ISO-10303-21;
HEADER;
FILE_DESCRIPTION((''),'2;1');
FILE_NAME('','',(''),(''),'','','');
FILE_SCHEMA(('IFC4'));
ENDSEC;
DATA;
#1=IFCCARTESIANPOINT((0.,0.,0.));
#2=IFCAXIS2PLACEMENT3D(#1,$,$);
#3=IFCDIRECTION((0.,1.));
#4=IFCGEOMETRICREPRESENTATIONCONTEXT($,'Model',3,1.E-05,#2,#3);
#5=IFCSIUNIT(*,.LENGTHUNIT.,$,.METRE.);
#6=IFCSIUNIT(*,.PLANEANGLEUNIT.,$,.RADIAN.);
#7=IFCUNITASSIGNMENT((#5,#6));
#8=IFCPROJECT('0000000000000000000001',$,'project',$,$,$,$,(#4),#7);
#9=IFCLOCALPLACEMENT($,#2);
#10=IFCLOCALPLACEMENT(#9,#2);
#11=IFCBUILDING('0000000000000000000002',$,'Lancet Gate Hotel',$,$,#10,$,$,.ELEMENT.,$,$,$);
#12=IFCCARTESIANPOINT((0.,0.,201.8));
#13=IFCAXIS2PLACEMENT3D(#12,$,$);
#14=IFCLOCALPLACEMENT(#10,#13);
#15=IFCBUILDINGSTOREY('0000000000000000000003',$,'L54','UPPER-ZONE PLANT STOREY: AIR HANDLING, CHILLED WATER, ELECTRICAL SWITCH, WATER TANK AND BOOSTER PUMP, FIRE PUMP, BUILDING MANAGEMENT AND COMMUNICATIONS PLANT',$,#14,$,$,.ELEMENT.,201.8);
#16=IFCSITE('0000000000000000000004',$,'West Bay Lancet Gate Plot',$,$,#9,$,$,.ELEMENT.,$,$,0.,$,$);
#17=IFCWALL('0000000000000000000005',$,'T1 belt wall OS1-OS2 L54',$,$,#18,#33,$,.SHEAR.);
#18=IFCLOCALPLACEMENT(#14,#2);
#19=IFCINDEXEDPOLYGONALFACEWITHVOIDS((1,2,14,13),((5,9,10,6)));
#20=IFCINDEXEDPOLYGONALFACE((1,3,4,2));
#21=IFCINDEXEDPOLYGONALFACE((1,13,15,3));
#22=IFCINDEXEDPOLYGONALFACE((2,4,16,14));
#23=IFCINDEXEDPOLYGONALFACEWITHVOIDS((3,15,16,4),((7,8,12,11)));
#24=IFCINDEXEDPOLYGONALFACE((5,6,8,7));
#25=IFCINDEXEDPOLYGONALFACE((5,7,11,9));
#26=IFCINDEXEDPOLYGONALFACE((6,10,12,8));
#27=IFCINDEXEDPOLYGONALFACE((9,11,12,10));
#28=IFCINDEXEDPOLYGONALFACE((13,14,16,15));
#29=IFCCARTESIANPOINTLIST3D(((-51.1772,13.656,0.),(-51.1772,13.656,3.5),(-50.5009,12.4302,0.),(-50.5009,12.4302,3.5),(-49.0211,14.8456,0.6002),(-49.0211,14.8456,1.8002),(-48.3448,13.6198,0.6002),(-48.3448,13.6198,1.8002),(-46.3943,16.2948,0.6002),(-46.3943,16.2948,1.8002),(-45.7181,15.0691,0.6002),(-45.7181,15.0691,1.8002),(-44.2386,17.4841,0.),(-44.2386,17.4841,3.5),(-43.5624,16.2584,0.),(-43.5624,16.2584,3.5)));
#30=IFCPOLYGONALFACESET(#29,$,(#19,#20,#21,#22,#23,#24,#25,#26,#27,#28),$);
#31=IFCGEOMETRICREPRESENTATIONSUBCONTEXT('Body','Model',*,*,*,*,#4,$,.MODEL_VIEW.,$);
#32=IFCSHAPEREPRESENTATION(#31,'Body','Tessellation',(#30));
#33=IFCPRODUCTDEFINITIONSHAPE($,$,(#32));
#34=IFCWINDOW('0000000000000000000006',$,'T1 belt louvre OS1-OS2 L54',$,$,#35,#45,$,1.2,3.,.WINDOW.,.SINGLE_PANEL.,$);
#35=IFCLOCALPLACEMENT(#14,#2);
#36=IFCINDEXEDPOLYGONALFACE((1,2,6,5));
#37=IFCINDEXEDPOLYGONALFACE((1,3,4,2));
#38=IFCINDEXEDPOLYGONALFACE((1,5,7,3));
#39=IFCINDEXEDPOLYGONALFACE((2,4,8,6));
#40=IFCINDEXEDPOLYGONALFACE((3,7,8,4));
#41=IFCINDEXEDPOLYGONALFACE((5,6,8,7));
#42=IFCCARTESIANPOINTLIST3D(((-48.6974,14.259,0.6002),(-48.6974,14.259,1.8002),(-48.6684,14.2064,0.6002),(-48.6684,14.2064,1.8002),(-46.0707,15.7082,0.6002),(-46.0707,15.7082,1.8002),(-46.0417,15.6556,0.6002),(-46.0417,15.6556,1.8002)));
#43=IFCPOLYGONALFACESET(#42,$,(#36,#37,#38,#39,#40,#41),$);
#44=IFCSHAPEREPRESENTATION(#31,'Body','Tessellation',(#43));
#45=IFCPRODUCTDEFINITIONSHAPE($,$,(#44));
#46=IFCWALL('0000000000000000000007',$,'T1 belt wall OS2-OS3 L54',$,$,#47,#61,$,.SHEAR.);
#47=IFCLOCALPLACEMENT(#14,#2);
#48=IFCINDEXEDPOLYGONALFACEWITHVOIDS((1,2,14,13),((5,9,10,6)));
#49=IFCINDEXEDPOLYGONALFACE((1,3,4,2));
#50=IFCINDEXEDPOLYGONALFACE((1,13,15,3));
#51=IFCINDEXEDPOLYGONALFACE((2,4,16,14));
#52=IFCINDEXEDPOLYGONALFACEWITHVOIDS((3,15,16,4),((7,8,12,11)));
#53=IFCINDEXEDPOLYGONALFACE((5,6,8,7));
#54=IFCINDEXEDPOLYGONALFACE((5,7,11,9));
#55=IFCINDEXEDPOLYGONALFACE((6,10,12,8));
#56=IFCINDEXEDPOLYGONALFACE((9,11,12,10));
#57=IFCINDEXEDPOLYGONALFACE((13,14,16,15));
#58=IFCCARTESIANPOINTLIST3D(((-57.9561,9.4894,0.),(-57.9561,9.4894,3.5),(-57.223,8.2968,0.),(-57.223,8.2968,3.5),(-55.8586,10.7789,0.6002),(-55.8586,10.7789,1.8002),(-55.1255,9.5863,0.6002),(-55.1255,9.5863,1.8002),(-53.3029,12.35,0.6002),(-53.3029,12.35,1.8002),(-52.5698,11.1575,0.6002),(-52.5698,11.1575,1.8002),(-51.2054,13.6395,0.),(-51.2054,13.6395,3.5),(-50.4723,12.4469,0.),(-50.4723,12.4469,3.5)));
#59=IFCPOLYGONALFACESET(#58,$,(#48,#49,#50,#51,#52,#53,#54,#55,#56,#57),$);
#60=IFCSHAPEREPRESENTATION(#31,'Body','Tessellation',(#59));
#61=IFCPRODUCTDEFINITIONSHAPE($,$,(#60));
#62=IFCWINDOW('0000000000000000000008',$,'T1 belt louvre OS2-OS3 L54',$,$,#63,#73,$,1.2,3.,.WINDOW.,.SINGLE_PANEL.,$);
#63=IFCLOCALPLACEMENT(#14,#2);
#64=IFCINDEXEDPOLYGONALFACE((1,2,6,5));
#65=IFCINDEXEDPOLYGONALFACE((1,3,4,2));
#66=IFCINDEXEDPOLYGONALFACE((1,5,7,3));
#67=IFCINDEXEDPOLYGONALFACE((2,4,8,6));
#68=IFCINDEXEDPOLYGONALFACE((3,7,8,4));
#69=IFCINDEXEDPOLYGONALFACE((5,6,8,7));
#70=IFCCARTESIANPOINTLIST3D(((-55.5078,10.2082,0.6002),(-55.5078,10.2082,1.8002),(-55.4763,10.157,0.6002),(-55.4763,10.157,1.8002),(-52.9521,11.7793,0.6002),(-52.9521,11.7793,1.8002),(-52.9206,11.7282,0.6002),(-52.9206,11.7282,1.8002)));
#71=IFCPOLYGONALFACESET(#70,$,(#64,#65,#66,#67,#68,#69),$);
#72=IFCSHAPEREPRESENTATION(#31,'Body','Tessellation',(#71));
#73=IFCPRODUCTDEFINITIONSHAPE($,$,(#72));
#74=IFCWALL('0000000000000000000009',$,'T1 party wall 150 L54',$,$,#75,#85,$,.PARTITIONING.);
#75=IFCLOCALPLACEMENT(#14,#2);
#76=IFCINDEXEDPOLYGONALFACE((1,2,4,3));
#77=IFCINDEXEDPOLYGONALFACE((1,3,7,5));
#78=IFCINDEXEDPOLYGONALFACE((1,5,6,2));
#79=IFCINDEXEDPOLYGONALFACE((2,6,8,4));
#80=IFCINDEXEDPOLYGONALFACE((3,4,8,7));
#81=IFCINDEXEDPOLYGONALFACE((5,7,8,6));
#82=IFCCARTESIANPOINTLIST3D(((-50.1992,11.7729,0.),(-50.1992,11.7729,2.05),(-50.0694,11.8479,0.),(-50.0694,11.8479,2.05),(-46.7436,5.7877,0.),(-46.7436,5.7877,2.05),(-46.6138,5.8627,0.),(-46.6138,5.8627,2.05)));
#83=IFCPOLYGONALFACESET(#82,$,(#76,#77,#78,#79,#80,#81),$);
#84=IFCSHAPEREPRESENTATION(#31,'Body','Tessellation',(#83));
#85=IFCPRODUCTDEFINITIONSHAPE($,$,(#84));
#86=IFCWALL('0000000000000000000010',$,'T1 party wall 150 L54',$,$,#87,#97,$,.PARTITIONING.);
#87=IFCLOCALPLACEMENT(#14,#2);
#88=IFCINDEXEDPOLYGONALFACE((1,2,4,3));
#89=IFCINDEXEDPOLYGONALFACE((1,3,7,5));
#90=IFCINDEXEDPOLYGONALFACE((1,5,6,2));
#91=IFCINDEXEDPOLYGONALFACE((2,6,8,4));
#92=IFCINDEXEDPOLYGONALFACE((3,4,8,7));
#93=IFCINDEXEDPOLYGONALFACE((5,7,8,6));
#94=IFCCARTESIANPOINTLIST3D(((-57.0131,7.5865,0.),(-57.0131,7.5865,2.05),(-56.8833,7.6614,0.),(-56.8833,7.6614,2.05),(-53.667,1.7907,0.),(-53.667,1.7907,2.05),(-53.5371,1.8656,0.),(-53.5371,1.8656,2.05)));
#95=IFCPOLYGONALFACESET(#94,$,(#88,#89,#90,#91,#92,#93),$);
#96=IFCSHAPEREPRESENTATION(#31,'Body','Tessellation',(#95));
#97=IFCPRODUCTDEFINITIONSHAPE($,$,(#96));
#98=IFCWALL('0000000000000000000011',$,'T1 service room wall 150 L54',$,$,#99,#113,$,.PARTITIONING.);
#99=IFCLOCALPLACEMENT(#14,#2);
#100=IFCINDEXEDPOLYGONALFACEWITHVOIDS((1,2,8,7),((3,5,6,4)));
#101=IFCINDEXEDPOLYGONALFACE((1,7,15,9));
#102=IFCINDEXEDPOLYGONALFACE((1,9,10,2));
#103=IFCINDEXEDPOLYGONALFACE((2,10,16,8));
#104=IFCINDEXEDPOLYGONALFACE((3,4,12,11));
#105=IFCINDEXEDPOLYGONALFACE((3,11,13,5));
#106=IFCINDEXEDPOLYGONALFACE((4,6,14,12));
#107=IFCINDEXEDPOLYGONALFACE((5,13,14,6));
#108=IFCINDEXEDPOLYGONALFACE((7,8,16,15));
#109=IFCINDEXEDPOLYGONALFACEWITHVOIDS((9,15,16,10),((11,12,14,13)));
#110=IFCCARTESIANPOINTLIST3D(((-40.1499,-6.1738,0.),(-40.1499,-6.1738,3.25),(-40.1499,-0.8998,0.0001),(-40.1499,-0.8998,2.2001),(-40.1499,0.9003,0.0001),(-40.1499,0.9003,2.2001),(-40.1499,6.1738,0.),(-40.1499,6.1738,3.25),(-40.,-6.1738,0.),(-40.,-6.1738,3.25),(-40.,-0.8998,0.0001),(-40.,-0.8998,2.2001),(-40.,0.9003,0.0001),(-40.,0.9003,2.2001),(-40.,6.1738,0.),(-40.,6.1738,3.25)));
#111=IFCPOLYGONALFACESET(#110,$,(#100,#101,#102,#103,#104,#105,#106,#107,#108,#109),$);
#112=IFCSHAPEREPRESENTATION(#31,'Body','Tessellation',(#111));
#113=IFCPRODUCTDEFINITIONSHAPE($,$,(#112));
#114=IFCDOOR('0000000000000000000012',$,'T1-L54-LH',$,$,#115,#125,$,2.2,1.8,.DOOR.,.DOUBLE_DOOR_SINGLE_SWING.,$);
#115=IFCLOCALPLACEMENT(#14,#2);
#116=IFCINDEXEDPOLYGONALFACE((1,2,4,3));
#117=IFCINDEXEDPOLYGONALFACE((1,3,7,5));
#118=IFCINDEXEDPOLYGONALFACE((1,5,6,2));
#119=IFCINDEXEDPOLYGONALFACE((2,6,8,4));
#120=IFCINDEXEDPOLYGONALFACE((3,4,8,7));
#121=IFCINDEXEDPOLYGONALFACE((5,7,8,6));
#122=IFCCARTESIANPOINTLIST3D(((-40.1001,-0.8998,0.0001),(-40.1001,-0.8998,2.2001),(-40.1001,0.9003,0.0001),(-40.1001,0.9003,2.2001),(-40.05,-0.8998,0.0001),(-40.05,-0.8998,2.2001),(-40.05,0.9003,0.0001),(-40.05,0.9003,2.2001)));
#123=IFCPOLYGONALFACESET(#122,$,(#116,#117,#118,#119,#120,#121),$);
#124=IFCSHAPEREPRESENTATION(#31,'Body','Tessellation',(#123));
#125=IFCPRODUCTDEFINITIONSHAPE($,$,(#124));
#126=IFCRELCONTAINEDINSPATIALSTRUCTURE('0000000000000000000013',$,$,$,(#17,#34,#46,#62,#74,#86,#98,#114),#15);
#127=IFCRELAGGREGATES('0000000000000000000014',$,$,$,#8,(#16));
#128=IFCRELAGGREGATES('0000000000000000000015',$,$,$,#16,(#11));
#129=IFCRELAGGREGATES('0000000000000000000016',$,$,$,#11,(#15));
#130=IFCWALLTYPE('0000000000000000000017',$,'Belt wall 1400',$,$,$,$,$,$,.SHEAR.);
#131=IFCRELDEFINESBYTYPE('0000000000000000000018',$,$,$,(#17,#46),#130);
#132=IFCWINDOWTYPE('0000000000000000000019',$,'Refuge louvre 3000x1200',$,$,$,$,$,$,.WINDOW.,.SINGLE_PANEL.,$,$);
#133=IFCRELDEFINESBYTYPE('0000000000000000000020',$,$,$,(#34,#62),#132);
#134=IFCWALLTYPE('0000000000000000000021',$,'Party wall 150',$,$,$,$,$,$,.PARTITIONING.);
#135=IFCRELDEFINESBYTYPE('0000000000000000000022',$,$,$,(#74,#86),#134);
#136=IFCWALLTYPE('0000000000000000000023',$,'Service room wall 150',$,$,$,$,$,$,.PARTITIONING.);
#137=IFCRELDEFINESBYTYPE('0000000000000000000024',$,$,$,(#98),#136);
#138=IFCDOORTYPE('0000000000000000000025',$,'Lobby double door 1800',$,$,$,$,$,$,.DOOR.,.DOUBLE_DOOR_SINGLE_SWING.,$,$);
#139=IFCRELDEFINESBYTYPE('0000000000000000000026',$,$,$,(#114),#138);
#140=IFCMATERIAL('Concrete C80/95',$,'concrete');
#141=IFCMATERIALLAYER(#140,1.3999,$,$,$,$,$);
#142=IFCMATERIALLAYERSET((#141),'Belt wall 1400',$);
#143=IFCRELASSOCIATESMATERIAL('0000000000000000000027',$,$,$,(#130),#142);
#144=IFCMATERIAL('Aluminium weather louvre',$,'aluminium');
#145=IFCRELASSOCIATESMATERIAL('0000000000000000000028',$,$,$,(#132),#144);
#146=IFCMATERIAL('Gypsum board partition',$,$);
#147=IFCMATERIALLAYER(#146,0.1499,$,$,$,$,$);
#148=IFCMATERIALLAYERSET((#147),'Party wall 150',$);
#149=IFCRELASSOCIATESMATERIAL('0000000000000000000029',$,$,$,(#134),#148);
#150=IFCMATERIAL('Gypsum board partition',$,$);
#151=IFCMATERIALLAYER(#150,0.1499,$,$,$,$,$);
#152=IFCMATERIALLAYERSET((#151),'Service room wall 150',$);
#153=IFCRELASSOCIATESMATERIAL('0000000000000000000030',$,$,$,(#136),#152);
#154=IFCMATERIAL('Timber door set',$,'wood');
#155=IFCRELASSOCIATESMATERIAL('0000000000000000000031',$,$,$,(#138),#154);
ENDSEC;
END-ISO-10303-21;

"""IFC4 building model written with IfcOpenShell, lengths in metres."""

from ifc_helpers import new_model, si_unit, direction, frame, frame_2d, origin, place, context, subcontext, project, spatial, rectangle, extrude, material, layer, layer_set, type_object, element, fill, save


model = new_model("IFC4")

# Units and contexts
model_context = context("Model", 3, precision=1e-05, world=origin(), true_north=direction((0.0, 1.0)))
body_context = subcontext(model_context, "Body", "Model", "MODEL_VIEW")
ifc_project = project(units=[si_unit("LENGTHUNIT", "METRE"), si_unit("PLANEANGLEUNIT", "RADIAN")], contexts=[model_context])

# Site, building, storey
site_placement = place(None, origin())
site = spatial("IfcSite", under=ifc_project, at=site_placement, Name="West Bay Lancet Gate Plot", CompositionType="ELEMENT", RefElevation=0.0)
building_placement = place(site_placement, origin())
building = spatial("IfcBuilding", under=site, at=building_placement, Name="Lancet Gate Hotel", CompositionType="ELEMENT")
storey_placement = place(building_placement, frame((0.0, 0.0, 201.8)))
storey = spatial("IfcBuildingStorey", under=building, at=storey_placement, Name="L54", Description="UPPER-ZONE PLANT STOREY: AIR HANDLING, CHILLED WATER, ELECTRICAL SWITCH, WATER TANK AND BOOSTER PUMP, FIRE PUMP, BUILDING MANAGEMENT AND COMMUNICATIONS PLANT", CompositionType="ELEMENT", Elevation=201.8)

# Walls, openings, windows
ifc_material_1 = material(Name="Concrete C80/95", Category="concrete")
ifc_layer_1 = layer(ifc_material_1, 1.3999)
ifc_layer_set_1 = layer_set([ifc_layer_1], Name="Belt wall 1400")
wall_type_1 = type_object("IfcWallType", Name="Belt wall 1400", PredefinedType="SHEAR", material=ifc_layer_set_1)
wall_1_placement = place(storey_placement, frame((-43.9004, 16.8713, 0.0), z_axis=(0.0, 0.0, 1.0), x_axis=(-0.875578, -0.483077, 0.0)))
wall_1 = element("IfcWall", 1, at=wall_1_placement, inside=storey, type_object=wall_type_1, Name="T1 belt wall OS1-OS2 L54", PredefinedType="SHEAR", context=body_context, shape_type="SweptSolid", body=[
    extrude(rectangle(XDim=7.9246, YDim=1.3999, at=frame_2d((3.9624, 0.0))), origin(), (0.0, 0.0, 1.0), 3.5),
])
opening_1_placement = place(wall_1_placement, frame((2.4622, 0.0, 0.6001)))
opening_1 = element("IfcOpeningElement", 2, at=opening_1_placement, cuts=wall_1, PredefinedType="OPENING", context=body_context, shape_type="SweptSolid", body=[
    extrude(rectangle(XDim=3.0, YDim=1.2, at=frame_2d((1.5, 0.6001))), frame((0.0, 0.71, 0.0), z_axis=(0.0, -1.0, 0.0), x_axis=(1.0, 0.0, 0.0)), (0.0, 0.0, 1.0), 1.4199),
])
ifc_material_2 = material(Name="Aluminium weather louvre", Category="aluminium")
window_type = type_object("IfcWindowType", Name="Refuge louvre 3000x1200", PartitioningType="SINGLE_PANEL", PredefinedType="WINDOW", material=ifc_material_2)
window_1_placement = place(opening_1_placement, origin())
window_1 = element("IfcWindow", 3, at=window_1_placement, inside=storey, type_object=window_type, Name="T1 belt louvre OS1-OS2 L54", OverallHeight=1.2, OverallWidth=3.0, PartitioningType="SINGLE_PANEL", PredefinedType="WINDOW", context=body_context, shape_type="SweptSolid", body=[
    extrude(rectangle(XDim=3.0, YDim=1.2, at=frame_2d((1.5, 0.6001))), frame((0.0, 0.03, 0.0), z_axis=(0.0, -1.0, 0.0), x_axis=(1.0, 0.0, 0.0)), (0.0, 0.0, 1.0), 0.0601),
])
fill(opening_1, window_1)
wall_2_placement = place(storey_placement, frame((-50.8389, 13.0432, 0.0), z_axis=(0.0, 0.0, 1.0), x_axis=(-0.851892, -0.523717, 0.0)))
wall_2 = element("IfcWall", 4, at=wall_2_placement, inside=storey, type_object=wall_type_1, Name="T1 belt wall OS2-OS3 L54", PredefinedType="SHEAR", context=body_context, shape_type="SweptSolid", body=[
    extrude(rectangle(XDim=7.9243, YDim=1.3999, at=frame_2d((3.9622, 0.0))), origin(), (0.0, 0.0, 1.0), 3.5),
])
opening_2_placement = place(wall_2_placement, frame((2.4622, 0.0, 0.6001)))
opening_2 = element("IfcOpeningElement", 5, at=opening_2_placement, cuts=wall_2, PredefinedType="OPENING", context=body_context, shape_type="SweptSolid", body=[
    extrude(rectangle(XDim=3.0, YDim=1.2, at=frame_2d((1.5, 0.6001))), frame((0.0, 0.71, 0.0), z_axis=(0.0, -1.0, 0.0), x_axis=(1.0, 0.0, 0.0)), (0.0, 0.0, 1.0), 1.4199),
])
window_2_placement = place(opening_2_placement, origin())
window_2 = element("IfcWindow", 6, at=window_2_placement, inside=storey, type_object=window_type, Name="T1 belt louvre OS2-OS3 L54", OverallHeight=1.2, OverallWidth=3.0, PartitioningType="SINGLE_PANEL", PredefinedType="WINDOW", context=body_context, shape_type="SweptSolid", body=[
    extrude(rectangle(XDim=3.0, YDim=1.2, at=frame_2d((1.5, 0.6001))), frame((0.0, 0.03, 0.0), z_axis=(0.0, -1.0, 0.0), x_axis=(1.0, 0.0, 0.0)), (0.0, 0.0, 1.0), 0.0601),
])
fill(opening_2, window_2)

# Walls
ifc_material_3 = material(Name="Gypsum board partition")
ifc_layer_2 = layer(ifc_material_3, 0.1499)
ifc_layer_set_2 = layer_set([ifc_layer_2], Name="Party wall 150")
wall_type_2 = type_object("IfcWallType", Name="Party wall 150", PredefinedType="PARTITIONING", material=ifc_layer_set_2)
wall_3_placement = place(storey_placement, frame((-46.6787, 5.8252, 0.0), z_axis=(0.0, 0.0, 1.0), x_axis=(-0.500007, 0.866021, 0.0)))
element("IfcWall", 7, at=wall_3_placement, inside=storey, type_object=wall_type_2, Name="T1 party wall 150 L54", PredefinedType="PARTITIONING", context=body_context, shape_type="SweptSolid", body=[
    extrude(rectangle(XDim=6.9111, YDim=0.1499, at=frame_2d((3.4556, 0.0))), origin(), (0.0, 0.0, 1.0), 2.05),
])
wall_4_placement = place(storey_placement, frame((-53.6021, 1.8281, 0.0), z_axis=(0.0, 0.0, 1.0), x_axis=(-0.499992, 0.86603, 0.0)))
element("IfcWall", 8, at=wall_4_placement, inside=storey, type_object=wall_type_2, Name="T1 party wall 150 L54", PredefinedType="PARTITIONING", context=body_context, shape_type="SweptSolid", body=[
    extrude(rectangle(XDim=6.6924, YDim=0.1499, at=frame_2d((3.3462, 0.0))), origin(), (0.0, 0.0, 1.0), 2.05),
])

# Wall, opening, door
ifc_material_4 = material(Name="Gypsum board partition")
ifc_layer_3 = layer(ifc_material_4, 0.1499)
ifc_layer_set_3 = layer_set([ifc_layer_3], Name="Service room wall 150")
wall_type_3 = type_object("IfcWallType", Name="Service room wall 150", PredefinedType="PARTITIONING", material=ifc_layer_set_3)
wall_5_placement = place(storey_placement, frame((-40.075, 6.1738, 0.0), z_axis=(0.0, 0.0, 1.0), x_axis=(0.0, -1.0, 0.0)))
wall_5 = element("IfcWall", 9, at=wall_5_placement, inside=storey, type_object=wall_type_3, Name="T1 service room wall 150 L54", PredefinedType="PARTITIONING", context=body_context, shape_type="SweptSolid", body=[
    extrude(rectangle(XDim=12.3477, YDim=0.1499, at=frame_2d((6.1738, 0.0))), origin(), (0.0, 0.0, 1.0), 3.25),
])
opening_3_placement = place(wall_5_placement, frame((5.2737, 0.0, 0.0)))
opening_3 = element("IfcOpeningElement", 10, at=opening_3_placement, cuts=wall_5, PredefinedType="OPENING", context=body_context, shape_type="SweptSolid", body=[
    extrude(rectangle(XDim=1.8, YDim=2.2, at=frame_2d((0.8999, 1.1001))), frame((0.0, 0.085, 0.0), z_axis=(0.0, -1.0, 0.0), x_axis=(1.0, 0.0, 0.0)), (0.0, 0.0, 1.0), 0.1699),
])
ifc_material_5 = material(Name="Timber door set", Category="wood")
door_type_1 = type_object("IfcDoorType", Name="Lobby double door 1800", OperationType="DOUBLE_DOOR_SINGLE_SWING", PredefinedType="DOOR", material=ifc_material_5)
door_1_placement = place(opening_3_placement, origin())
door_1 = element("IfcDoor", 11, at=door_1_placement, inside=storey, type_object=door_type_1, Name="T1-L54-LH", OperationType="DOUBLE_DOOR_SINGLE_SWING", OverallHeight=2.2, OverallWidth=1.8, PredefinedType="DOOR", context=body_context, shape_type="SweptSolid", body=[
    extrude(rectangle(XDim=1.8, YDim=2.2, at=frame_2d((0.8999, 1.1001))), frame((0.0, 0.0249, 0.0), z_axis=(0.0, -1.0, 0.0), x_axis=(1.0, 0.0, 0.0)), (0.0, 0.0, 1.0), 0.05),
])
fill(opening_3, door_1)

save(model, "model.ifc")
